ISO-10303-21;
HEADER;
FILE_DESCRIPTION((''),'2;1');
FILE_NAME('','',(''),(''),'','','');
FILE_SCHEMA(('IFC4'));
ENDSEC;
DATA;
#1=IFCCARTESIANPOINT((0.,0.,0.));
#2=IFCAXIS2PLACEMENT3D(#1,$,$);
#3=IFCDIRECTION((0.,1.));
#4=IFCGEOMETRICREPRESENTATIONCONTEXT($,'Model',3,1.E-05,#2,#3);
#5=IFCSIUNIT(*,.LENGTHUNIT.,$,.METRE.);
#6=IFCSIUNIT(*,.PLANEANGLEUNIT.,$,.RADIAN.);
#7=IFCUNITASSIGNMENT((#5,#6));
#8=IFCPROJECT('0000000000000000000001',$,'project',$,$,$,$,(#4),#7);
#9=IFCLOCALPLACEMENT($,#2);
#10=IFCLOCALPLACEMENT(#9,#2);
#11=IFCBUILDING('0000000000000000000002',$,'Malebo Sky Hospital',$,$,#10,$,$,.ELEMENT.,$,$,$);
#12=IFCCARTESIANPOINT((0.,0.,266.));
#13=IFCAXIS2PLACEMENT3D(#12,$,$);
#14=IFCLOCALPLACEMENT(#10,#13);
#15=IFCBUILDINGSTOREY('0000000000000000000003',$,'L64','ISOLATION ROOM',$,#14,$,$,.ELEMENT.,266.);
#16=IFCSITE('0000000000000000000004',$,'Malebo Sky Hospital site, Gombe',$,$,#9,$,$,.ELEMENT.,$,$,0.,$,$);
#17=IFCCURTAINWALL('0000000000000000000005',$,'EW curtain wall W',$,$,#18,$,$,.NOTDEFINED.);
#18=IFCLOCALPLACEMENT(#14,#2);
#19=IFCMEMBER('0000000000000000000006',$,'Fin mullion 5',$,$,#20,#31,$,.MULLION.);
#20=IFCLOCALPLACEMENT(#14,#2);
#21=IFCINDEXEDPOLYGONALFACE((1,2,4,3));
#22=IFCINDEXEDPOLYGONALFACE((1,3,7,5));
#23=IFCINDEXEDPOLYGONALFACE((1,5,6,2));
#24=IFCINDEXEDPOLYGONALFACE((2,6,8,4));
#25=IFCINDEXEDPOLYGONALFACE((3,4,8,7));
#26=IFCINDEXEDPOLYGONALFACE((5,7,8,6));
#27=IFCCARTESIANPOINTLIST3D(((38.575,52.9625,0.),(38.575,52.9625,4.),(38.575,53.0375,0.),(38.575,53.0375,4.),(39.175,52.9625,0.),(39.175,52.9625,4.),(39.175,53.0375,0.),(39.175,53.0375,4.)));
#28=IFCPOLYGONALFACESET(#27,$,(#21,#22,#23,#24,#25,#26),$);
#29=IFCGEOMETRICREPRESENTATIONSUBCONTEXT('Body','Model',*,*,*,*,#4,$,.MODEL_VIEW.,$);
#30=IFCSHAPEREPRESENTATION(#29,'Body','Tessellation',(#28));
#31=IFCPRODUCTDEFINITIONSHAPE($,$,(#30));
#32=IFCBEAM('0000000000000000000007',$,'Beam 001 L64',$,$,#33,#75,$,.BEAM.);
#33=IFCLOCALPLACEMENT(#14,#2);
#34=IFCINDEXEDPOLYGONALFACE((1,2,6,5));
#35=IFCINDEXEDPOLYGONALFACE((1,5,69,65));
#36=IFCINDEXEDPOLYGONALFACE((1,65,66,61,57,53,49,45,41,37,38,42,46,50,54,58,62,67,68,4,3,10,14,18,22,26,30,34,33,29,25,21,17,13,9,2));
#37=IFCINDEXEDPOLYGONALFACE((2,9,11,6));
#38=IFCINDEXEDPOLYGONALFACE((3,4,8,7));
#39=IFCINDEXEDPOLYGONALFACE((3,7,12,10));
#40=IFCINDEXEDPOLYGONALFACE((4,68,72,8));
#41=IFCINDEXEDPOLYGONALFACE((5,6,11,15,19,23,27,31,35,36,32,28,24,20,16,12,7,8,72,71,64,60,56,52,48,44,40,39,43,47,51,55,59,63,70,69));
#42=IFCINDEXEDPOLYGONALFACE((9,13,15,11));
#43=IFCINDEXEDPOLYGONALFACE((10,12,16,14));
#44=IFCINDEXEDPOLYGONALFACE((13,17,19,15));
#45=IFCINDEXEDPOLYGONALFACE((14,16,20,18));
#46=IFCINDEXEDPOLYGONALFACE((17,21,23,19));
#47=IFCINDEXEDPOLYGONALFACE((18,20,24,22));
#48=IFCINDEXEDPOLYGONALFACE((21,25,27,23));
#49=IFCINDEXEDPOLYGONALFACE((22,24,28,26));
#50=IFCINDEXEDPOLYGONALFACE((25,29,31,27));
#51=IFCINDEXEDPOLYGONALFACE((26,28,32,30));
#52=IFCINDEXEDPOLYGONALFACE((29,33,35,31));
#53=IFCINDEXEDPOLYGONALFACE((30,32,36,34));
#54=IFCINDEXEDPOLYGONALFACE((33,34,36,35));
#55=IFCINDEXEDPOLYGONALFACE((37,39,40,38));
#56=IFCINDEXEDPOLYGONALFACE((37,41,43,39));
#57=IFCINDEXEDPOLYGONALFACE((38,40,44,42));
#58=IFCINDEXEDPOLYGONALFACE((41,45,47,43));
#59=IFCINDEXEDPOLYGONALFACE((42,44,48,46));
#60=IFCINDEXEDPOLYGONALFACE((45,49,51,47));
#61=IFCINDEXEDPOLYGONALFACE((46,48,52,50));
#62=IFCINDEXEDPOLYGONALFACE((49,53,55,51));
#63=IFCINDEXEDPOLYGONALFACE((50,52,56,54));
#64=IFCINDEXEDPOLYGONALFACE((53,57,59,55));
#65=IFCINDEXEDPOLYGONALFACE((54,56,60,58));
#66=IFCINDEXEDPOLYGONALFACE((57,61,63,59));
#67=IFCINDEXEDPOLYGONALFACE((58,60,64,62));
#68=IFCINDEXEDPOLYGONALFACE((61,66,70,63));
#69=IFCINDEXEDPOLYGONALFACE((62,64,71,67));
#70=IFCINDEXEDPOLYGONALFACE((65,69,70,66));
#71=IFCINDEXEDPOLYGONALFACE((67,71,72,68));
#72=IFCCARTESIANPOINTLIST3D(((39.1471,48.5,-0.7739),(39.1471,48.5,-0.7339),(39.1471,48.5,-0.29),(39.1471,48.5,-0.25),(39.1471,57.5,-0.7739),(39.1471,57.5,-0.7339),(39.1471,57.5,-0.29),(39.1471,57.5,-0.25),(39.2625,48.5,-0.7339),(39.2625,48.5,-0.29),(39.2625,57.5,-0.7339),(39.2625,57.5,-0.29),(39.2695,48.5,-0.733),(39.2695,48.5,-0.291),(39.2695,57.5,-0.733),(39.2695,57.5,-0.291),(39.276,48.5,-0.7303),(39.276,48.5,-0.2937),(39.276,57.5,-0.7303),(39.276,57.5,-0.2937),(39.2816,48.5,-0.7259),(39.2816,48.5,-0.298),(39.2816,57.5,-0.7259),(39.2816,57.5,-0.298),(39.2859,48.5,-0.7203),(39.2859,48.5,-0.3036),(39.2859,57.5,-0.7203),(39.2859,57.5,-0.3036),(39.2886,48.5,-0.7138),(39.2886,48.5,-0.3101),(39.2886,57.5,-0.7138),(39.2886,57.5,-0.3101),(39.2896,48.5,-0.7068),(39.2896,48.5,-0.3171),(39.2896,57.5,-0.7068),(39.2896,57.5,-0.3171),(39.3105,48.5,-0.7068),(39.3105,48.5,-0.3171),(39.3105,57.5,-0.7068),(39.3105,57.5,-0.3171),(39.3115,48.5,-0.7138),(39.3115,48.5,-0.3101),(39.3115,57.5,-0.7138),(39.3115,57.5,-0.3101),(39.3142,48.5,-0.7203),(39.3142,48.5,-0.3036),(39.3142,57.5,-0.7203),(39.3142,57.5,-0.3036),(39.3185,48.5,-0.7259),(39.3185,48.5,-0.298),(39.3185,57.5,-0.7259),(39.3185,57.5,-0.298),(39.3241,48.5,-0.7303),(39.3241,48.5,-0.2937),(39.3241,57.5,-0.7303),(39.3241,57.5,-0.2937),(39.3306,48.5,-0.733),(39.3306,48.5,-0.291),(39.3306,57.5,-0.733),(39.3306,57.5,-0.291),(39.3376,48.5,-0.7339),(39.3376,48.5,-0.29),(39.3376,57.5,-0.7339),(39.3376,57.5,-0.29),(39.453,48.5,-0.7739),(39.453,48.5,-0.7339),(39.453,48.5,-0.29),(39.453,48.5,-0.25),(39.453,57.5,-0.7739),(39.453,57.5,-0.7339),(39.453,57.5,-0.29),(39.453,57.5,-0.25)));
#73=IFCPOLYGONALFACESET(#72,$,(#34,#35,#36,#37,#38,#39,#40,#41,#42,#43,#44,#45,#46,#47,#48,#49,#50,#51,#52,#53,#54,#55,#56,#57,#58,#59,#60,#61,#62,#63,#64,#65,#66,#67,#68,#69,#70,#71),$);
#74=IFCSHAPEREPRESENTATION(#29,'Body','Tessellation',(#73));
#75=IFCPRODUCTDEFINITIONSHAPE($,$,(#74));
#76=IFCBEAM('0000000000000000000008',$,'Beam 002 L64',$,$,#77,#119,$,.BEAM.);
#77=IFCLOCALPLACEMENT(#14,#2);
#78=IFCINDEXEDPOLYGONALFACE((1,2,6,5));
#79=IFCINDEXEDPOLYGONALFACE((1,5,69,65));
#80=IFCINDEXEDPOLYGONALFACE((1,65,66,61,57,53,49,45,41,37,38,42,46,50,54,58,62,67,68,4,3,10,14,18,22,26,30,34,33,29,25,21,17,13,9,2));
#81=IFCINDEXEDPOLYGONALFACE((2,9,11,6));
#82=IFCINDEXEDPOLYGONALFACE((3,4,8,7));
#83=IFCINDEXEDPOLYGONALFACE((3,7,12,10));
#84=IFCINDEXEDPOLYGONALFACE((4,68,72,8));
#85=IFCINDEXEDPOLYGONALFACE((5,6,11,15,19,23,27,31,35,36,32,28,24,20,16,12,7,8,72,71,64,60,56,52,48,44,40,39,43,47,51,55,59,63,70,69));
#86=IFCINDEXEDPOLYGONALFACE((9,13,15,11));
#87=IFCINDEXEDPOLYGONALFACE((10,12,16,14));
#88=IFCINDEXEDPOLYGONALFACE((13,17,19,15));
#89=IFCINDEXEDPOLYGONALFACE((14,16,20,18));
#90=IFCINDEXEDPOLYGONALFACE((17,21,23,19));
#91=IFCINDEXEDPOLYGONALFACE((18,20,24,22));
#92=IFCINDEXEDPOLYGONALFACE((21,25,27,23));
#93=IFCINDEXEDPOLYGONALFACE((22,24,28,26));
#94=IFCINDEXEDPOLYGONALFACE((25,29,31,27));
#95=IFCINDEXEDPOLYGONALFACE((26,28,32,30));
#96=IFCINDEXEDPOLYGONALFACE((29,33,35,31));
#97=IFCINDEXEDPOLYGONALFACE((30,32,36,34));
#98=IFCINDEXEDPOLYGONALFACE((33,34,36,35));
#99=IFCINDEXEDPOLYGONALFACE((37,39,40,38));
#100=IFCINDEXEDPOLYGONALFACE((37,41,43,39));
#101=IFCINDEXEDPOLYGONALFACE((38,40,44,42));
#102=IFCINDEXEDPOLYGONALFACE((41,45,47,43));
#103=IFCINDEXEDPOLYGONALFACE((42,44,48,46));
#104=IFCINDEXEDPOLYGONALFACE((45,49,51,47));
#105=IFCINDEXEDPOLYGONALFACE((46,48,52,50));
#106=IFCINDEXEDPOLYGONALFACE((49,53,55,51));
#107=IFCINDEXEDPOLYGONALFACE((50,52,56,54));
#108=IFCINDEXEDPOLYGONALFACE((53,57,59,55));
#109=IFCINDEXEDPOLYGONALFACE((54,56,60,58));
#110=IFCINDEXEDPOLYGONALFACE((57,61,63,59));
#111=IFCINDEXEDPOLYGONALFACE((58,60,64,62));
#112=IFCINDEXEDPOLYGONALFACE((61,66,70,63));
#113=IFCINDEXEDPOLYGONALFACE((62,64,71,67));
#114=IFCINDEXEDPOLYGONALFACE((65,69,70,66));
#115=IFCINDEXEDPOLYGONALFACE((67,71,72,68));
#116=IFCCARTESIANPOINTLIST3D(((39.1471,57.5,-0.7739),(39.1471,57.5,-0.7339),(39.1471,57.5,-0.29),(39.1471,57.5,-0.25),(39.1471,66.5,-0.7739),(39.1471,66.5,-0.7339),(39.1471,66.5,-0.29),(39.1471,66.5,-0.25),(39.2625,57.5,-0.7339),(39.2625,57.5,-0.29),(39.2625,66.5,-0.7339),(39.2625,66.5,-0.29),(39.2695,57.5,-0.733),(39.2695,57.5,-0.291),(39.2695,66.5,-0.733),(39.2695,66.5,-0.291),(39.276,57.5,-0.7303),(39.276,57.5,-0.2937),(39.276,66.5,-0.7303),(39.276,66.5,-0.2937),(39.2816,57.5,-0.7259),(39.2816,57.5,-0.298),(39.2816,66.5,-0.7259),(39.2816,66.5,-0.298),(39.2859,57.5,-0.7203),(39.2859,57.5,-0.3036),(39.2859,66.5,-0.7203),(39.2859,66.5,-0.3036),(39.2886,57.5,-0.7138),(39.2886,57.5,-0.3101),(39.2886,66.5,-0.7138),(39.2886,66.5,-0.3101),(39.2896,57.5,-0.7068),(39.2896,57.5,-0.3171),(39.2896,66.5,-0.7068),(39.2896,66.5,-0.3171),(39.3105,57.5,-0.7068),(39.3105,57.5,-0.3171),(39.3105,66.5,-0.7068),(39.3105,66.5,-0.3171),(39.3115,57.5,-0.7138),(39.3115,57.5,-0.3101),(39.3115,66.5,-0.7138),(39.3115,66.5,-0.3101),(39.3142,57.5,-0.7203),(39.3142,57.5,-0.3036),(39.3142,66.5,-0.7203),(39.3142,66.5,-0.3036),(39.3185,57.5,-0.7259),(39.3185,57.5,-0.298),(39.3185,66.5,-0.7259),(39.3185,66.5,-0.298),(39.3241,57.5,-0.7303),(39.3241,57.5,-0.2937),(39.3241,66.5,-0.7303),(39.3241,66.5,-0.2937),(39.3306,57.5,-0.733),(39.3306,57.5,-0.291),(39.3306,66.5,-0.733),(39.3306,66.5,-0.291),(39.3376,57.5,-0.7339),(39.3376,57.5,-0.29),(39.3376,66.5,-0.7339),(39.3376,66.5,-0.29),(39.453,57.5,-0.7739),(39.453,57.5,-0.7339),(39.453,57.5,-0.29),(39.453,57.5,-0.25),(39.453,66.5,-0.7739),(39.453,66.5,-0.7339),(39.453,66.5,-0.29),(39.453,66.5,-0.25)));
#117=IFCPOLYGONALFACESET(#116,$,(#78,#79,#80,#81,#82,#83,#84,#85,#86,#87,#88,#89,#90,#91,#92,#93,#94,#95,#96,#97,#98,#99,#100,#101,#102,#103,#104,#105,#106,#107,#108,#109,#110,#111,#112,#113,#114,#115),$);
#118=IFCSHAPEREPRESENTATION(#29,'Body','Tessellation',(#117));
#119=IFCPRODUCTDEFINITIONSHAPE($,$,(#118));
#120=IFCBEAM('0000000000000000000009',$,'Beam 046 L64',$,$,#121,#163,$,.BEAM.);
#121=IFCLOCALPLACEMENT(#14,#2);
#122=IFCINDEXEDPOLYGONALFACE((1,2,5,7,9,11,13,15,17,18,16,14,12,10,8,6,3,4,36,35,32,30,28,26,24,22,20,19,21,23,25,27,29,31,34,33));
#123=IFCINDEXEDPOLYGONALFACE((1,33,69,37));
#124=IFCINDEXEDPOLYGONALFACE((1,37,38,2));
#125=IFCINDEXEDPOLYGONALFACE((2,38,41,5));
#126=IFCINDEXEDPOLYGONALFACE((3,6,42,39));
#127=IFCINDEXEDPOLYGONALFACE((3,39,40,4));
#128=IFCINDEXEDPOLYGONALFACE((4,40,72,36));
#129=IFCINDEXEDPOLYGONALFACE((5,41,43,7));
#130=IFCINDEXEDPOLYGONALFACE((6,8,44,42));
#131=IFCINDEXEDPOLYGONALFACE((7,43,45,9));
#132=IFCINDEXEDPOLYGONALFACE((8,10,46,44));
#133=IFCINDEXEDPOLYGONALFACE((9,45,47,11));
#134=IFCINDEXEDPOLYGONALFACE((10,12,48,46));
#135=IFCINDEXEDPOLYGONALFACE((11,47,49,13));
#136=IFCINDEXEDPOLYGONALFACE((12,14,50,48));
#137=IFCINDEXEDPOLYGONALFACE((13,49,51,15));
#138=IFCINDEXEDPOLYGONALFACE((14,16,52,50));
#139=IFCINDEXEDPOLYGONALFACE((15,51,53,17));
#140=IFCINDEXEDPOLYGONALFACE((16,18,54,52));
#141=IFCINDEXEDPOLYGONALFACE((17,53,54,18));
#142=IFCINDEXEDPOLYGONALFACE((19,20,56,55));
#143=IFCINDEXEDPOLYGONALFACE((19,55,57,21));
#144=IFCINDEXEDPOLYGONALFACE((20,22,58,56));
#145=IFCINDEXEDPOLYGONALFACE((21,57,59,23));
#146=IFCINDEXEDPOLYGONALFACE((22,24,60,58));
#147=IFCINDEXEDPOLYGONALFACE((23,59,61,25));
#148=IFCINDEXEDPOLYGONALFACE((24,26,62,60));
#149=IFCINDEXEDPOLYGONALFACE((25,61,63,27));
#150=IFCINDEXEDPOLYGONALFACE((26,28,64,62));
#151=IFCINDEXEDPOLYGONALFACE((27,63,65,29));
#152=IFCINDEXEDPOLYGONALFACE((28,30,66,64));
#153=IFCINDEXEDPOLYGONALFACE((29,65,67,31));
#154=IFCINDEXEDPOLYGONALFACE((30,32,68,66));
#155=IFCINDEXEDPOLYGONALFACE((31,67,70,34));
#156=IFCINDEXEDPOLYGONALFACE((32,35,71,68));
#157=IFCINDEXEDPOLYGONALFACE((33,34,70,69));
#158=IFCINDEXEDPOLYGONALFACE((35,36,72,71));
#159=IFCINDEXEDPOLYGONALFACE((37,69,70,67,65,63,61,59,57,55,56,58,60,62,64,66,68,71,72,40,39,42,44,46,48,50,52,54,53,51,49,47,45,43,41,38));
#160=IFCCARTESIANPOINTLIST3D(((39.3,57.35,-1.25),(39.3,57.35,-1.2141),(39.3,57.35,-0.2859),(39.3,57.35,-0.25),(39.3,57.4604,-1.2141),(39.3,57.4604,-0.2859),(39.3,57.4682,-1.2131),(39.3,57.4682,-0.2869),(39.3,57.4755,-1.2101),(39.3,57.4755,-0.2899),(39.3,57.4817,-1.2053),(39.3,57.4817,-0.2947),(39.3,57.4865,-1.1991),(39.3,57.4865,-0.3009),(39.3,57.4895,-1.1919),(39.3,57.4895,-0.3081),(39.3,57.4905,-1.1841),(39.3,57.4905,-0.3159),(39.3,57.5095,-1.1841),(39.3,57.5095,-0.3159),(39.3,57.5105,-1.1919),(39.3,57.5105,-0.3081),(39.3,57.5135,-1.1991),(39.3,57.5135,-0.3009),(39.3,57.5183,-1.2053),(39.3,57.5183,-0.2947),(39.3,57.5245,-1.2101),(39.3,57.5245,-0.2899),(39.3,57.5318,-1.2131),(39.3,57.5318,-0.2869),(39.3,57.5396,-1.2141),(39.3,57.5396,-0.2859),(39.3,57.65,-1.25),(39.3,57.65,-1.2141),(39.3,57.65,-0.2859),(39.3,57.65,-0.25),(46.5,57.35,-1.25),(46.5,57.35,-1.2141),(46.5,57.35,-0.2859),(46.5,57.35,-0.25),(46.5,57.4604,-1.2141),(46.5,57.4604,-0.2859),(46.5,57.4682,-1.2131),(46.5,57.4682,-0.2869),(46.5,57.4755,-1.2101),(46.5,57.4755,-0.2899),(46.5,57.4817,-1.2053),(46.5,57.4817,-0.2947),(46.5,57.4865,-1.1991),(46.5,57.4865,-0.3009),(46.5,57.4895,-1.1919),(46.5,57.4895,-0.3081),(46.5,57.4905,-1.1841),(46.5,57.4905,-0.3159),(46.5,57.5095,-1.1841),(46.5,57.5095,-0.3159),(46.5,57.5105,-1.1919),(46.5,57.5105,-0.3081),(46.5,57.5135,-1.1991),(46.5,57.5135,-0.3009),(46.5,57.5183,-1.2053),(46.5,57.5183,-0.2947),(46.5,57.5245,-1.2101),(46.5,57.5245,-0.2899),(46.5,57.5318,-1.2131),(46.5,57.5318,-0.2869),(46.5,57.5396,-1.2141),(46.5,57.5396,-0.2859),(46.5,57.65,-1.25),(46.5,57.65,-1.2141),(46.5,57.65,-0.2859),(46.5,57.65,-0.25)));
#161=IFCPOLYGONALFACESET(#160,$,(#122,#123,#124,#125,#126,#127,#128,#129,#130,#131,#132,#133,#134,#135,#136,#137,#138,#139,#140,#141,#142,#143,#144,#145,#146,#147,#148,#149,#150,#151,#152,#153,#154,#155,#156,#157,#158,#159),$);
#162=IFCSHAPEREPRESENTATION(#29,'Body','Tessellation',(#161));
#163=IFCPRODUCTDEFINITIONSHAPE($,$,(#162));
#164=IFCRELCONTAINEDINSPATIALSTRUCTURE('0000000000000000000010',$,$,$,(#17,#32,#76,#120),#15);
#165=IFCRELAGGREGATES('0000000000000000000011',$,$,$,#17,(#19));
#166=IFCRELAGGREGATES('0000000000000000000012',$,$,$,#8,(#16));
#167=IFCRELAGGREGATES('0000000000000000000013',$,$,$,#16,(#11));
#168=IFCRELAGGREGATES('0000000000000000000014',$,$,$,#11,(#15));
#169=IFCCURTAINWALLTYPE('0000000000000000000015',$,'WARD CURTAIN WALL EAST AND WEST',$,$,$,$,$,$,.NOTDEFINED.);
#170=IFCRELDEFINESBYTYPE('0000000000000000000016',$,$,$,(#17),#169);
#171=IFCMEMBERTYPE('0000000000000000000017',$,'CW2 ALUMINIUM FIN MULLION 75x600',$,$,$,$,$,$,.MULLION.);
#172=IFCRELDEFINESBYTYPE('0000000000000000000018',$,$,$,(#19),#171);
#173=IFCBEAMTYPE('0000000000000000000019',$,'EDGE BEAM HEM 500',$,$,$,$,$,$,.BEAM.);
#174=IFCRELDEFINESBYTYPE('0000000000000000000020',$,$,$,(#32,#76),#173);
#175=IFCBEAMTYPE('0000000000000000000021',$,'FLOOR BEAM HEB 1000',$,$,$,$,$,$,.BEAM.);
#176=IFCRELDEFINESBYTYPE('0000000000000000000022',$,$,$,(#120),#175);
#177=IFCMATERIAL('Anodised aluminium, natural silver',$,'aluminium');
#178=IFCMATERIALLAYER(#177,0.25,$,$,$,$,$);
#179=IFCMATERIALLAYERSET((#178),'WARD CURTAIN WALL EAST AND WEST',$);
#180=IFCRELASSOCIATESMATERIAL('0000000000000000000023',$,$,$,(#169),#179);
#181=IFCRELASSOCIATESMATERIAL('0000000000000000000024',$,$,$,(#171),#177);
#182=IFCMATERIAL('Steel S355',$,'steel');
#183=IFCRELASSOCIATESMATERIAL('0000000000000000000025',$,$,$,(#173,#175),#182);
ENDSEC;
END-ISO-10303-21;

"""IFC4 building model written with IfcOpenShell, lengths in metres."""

from ifc_helpers import new_model, si_unit, direction, frame, origin, origin_2d, place, context, subcontext, project, spatial, rectangle, i_section, extrude, material, layer, layer_set, material_profile, profile_set, type_object, element, aggregate, save


model = new_model("IFC4")

# Units and contexts
model_context = context("Model", 3, precision=1e-05, world=origin(), true_north=direction((0.0, 1.0)))
body_context = subcontext(model_context, "Body", "Model", "MODEL_VIEW")
ifc_project = project(units=[si_unit("LENGTHUNIT", "METRE"), si_unit("PLANEANGLEUNIT", "RADIAN")], contexts=[model_context])

# Site, building, storey
site_placement = place(None, origin())
site = spatial("IfcSite", under=ifc_project, at=site_placement, Name="Malebo Sky Hospital site, Gombe", CompositionType="ELEMENT", RefElevation=0.0)
building_placement = place(site_placement, origin())
building = spatial("IfcBuilding", under=site, at=building_placement, Name="Malebo Sky Hospital", CompositionType="ELEMENT")
storey_placement = place(building_placement, frame((0.0, 0.0, 266.0)))
storey = spatial("IfcBuildingStorey", under=building, at=storey_placement, Name="L64", Description="ISOLATION ROOM", CompositionType="ELEMENT", Elevation=266.0)

# Curtain wall
ifc_material_1 = material(Name="Anodised aluminium, natural silver", Category="aluminium")
ifc_layer_1 = layer(ifc_material_1, 0.25)
ifc_layer_set_1 = layer_set([ifc_layer_1], Name="WARD CURTAIN WALL EAST AND WEST")
curtain_wall_type = type_object("IfcCurtainWallType", Name="WARD CURTAIN WALL EAST AND WEST", PredefinedType="NOTDEFINED", material=ifc_layer_set_1)
curtain_wall_placement = place(storey_placement, origin())
curtain_wall = element("IfcCurtainWall", 1, at=curtain_wall_placement, inside=storey, type_object=curtain_wall_type, Name="EW curtain wall W", PredefinedType="NOTDEFINED")

# Member
ifc_material_2 = material(Name="Steel S355", Category="steel")
ifc_material_profile_1 = material_profile(ifc_material_1, rectangle(XDim=0.075, YDim=0.6001, at=origin_2d()), Name="CW2 ALUMINIUM FIN MULLION 75x600")
ifc_profile_set_1 = profile_set([ifc_material_profile_1], Name="Anodised aluminium, natural silver")
member_type_1 = type_object("IfcMemberType", Name="CW2 ALUMINIUM FIN MULLION 75x600", PredefinedType="MULLION", material=ifc_profile_set_1)
member_1_placement = place(storey_placement, frame((38.875, 53.0, 0.0), z_axis=(0.0, 0.0, 1.0), x_axis=(0.0, 1.0, 0.0)))
member_1 = element("IfcMember", 2, at=member_1_placement, type_object=member_type_1, Name="Fin mullion 5", PredefinedType="MULLION", context=body_context, shape_type="SweptSolid", body=[
    extrude(rectangle(XDim=0.075, YDim=0.6001, at=origin_2d()), origin(), (0.0, 0.0, 1.0), 4.0),
])

# Beams
ifc_material_profile_2 = material_profile(ifc_material_2, i_section(OverallWidth=0.3059, OverallDepth=0.5239, WebThickness=0.021, FlangeThickness=0.04, FilletRadius=0.0271, at=origin_2d()), Name="HEM 500")
ifc_profile_set_2 = profile_set([ifc_material_profile_2], Name="Steel S355")
beam_type_1 = type_object("IfcBeamType", Name="EDGE BEAM HEM 500", PredefinedType="BEAM", material=ifc_profile_set_2)
for number, where, z_axis, x_axis, name in (
    (3, (39.3, 48.5, -0.512), (0.0, 1.0, 0.0), (-1.0, 0.0, 0.0), "Beam 001 L64"),
    (4, (39.3, 57.5, -0.512), (0.0, 1.0, 0.0), (-1.0, 0.0, 0.0), "Beam 002 L64"),
):
    element("IfcBeam", number, at=place(storey_placement, frame(where, z_axis=z_axis, x_axis=x_axis)), inside=storey, type_object=beam_type_1, Name=name, PredefinedType="BEAM", context=body_context, shape_type="SweptSolid", body=[
        extrude(i_section(OverallWidth=0.3059, OverallDepth=0.5239, WebThickness=0.021, FlangeThickness=0.04, FilletRadius=0.0271, at=origin_2d()), origin(), (0.0, 0.0, 1.0), 9.0),
    ])
ifc_material_profile_3 = material_profile(ifc_material_2, i_section(OverallWidth=0.3, OverallDepth=1.0, WebThickness=0.019, FlangeThickness=0.0359, FilletRadius=0.03, at=origin_2d()), Name="HEB 1000")
ifc_profile_set_3 = profile_set([ifc_material_profile_3], Name="Steel S355")
beam_type_2 = type_object("IfcBeamType", Name="FLOOR BEAM HEB 1000", PredefinedType="BEAM", material=ifc_profile_set_3)
beam_1_placement = place(storey_placement, frame((39.3, 57.5, -0.75), z_axis=(1.0, 0.0, 0.0), x_axis=(0.0, 1.0, 0.0)))
element("IfcBeam", 5, at=beam_1_placement, inside=storey, type_object=beam_type_2, Name="Beam 046 L64", PredefinedType="BEAM", context=body_context, shape_type="SweptSolid", body=[
    extrude(i_section(OverallWidth=0.3, OverallDepth=1.0, WebThickness=0.019, FlangeThickness=0.0359, FilletRadius=0.03, at=origin_2d()), origin(), (0.0, 0.0, 1.0), 7.2),
])

aggregate(curtain_wall, [member_1])

save(model, "model.ifc")
